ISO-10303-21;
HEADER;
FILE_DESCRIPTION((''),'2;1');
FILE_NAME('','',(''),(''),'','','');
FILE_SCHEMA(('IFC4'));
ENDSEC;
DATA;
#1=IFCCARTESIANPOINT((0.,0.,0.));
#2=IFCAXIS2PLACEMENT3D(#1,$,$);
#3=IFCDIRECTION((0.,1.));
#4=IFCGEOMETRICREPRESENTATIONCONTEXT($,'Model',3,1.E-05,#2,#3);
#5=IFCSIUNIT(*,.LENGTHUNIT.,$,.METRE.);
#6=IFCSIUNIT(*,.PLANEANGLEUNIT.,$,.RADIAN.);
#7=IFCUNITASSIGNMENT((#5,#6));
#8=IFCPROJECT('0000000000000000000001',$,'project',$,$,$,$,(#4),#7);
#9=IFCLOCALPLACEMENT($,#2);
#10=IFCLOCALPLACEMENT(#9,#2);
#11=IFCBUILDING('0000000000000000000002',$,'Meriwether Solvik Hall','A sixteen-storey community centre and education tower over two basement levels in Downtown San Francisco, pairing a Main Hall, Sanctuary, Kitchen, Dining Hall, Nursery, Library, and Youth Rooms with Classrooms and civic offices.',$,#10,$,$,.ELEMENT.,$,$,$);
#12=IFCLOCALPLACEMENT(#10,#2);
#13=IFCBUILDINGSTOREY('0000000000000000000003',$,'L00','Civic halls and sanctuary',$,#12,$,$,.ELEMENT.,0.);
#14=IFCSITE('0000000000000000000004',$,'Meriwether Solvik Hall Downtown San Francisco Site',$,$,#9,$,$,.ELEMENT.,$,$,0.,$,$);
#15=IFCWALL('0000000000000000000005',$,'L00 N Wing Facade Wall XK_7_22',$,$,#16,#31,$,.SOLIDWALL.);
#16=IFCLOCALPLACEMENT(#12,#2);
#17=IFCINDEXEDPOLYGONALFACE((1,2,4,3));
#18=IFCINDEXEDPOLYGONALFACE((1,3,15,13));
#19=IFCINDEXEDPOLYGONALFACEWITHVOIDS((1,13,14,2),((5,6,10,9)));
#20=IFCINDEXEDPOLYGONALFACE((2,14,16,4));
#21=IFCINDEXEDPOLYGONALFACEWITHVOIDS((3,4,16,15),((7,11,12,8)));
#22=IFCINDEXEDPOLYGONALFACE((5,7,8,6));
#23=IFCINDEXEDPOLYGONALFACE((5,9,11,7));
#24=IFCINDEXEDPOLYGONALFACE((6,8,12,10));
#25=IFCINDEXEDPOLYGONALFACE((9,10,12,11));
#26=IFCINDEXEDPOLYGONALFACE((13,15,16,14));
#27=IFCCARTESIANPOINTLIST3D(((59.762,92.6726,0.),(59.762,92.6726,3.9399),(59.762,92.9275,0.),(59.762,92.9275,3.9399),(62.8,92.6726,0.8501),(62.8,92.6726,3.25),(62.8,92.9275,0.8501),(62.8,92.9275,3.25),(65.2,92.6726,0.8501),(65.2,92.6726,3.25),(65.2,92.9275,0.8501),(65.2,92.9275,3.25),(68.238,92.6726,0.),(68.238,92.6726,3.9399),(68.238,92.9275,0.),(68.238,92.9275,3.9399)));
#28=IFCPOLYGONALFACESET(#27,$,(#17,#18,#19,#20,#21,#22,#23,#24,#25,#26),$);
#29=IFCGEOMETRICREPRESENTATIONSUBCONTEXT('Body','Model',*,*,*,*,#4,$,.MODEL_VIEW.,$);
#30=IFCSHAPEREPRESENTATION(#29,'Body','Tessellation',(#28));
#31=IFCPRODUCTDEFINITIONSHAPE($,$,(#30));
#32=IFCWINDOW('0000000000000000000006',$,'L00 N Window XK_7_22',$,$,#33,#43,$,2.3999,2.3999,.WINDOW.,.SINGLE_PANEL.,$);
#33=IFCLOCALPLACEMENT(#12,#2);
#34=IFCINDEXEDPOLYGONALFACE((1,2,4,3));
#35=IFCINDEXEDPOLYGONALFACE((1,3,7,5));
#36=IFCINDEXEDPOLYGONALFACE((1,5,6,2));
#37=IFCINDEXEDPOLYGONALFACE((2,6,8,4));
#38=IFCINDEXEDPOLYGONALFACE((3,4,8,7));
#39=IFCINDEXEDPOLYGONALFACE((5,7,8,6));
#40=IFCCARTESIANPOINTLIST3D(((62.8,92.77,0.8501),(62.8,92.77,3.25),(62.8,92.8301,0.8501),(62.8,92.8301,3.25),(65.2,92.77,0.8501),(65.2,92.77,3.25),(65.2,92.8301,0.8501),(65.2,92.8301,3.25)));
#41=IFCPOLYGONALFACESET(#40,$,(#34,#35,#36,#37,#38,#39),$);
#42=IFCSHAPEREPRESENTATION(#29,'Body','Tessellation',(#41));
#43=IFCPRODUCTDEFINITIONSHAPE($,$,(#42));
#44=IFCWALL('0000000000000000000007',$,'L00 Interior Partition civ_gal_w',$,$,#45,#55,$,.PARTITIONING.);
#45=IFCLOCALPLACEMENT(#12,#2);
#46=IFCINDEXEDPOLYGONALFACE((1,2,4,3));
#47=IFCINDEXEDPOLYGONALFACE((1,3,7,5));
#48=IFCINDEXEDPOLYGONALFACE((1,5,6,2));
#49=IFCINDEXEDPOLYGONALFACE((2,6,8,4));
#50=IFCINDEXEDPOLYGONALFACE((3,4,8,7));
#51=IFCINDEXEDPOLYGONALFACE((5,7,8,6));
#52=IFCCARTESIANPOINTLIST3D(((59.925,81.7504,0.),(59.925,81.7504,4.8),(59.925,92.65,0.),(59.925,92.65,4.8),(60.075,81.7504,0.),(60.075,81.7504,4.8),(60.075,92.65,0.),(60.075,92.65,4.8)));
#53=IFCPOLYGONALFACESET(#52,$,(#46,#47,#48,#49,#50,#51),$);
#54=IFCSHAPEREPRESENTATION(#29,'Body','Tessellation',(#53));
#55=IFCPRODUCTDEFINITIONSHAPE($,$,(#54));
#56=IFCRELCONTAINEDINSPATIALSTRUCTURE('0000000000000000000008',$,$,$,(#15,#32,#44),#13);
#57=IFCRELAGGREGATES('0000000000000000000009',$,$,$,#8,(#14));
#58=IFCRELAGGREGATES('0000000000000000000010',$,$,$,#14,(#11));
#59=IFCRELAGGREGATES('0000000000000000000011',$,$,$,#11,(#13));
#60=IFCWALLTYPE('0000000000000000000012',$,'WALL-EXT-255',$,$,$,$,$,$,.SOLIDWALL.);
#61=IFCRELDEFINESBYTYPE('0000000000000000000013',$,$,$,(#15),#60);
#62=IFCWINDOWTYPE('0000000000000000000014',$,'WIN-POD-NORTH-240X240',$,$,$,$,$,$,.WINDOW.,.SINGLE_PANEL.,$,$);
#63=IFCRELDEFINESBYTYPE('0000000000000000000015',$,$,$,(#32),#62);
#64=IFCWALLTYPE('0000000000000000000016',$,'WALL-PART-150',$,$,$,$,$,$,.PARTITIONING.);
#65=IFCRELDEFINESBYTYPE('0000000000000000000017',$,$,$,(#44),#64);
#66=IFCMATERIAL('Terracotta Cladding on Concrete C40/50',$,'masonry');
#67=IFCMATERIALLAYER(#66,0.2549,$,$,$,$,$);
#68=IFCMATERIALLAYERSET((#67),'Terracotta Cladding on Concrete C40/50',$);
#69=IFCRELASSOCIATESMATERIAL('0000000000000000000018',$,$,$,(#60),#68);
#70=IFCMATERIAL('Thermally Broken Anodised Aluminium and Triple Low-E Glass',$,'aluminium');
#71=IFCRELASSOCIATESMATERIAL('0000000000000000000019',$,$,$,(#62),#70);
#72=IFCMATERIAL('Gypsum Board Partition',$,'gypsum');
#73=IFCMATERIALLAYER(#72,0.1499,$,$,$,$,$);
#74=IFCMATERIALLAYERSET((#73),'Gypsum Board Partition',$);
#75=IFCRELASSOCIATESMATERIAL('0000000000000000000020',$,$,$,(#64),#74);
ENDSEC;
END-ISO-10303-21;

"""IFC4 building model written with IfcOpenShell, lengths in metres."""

from ifc_helpers import new_model, si_unit, direction, frame, frame_2d, origin, place, context, subcontext, project, spatial, rectangle, extrude, material, layer, layer_set, type_object, element, fill, save


model = new_model("IFC4")

# Units and contexts
model_context = context("Model", 3, precision=1e-05, world=origin(), true_north=direction((0.0, 1.0)))
body_context = subcontext(model_context, "Body", "Model", "MODEL_VIEW")
ifc_project = project(units=[si_unit("LENGTHUNIT", "METRE"), si_unit("PLANEANGLEUNIT", "RADIAN")], contexts=[model_context])

# Site, building, storey
site_placement = place(None, origin())
site = spatial("IfcSite", under=ifc_project, at=site_placement, Name="Meriwether Solvik Hall Downtown San Francisco Site", CompositionType="ELEMENT", RefElevation=0.0)
building_placement = place(site_placement, origin())
building = spatial("IfcBuilding", under=site, at=building_placement, Name="Meriwether Solvik Hall", Description="A sixteen-storey community centre and education tower over two basement levels in Downtown San Francisco, pairing a Main Hall, Sanctuary, Kitchen, Dining Hall, Nursery, Library, and Youth Rooms with Classrooms and civic offices.", CompositionType="ELEMENT")
storey_placement = place(building_placement, origin())
storey = spatial("IfcBuildingStorey", under=building, at=storey_placement, Name="L00", Description="Civic halls and sanctuary", CompositionType="ELEMENT", Elevation=0.0)

# Wall, opening, window
ifc_material_1 = material(Name="Terracotta Cladding on Concrete C40/50", Category="masonry")
ifc_layer_1 = layer(ifc_material_1, 0.2549)
ifc_layer_set_1 = layer_set([ifc_layer_1], Name="Terracotta Cladding on Concrete C40/50")
wall_type_1 = type_object("IfcWallType", Name="WALL-EXT-255", PredefinedType="SOLIDWALL", material=ifc_layer_set_1)
wall_1_placement = place(storey_placement, frame((59.762, 92.8, 0.0), z_axis=(0.0, 0.0, 1.0), x_axis=(1.0, 0.0, 0.0)))
wall_1 = element("IfcWall", 1, at=wall_1_placement, inside=storey, type_object=wall_type_1, Name="L00 N Wing Facade Wall XK_7_22", PredefinedType="SOLIDWALL", context=body_context, shape_type="SweptSolid", body=[
    extrude(rectangle(XDim=8.4761, YDim=0.2549, at=frame_2d((4.238, 0.0))), origin(), (0.0, 0.0, 1.0), 3.9399),
])
opening_placement = place(wall_1_placement, frame((3.0381, 0.0, 0.8501)))
opening = element("IfcOpeningElement", 2, at=opening_placement, cuts=wall_1, PredefinedType="OPENING", context=body_context, shape_type="SweptSolid", body=[
    extrude(rectangle(XDim=2.3999, YDim=2.3999, at=frame_2d((1.2, 1.2))), frame((0.0, 0.1394, 0.0), z_axis=(0.0, -1.0, 0.0), x_axis=(1.0, 0.0, 0.0)), (0.0, 0.0, 1.0), 0.2788),
])
ifc_material_2 = material(Name="Thermally Broken Anodised Aluminium and Triple Low-E Glass", Category="aluminium")
window_type = type_object("IfcWindowType", Name="WIN-POD-NORTH-240X240", PartitioningType="SINGLE_PANEL", PredefinedType="WINDOW", material=ifc_material_2)
window_placement = place(opening_placement, origin())
window = element("IfcWindow", 3, at=window_placement, inside=storey, type_object=window_type, Name="L00 N Window XK_7_22", OverallHeight=2.3999, OverallWidth=2.3999, PartitioningType="SINGLE_PANEL", PredefinedType="WINDOW", context=body_context, shape_type="SweptSolid", body=[
    extrude(rectangle(XDim=2.3999, YDim=2.3999, at=frame_2d((1.2, 1.2))), frame((0.0, 0.03, 0.0), z_axis=(0.0, -1.0, 0.0), x_axis=(1.0, 0.0, 0.0)), (0.0, 0.0, 1.0), 0.0601),
])
fill(opening, window)

# Wall
ifc_material_3 = material(Name="Gypsum Board Partition", Category="gypsum")
ifc_layer_2 = layer(ifc_material_3, 0.1499)
ifc_layer_set_2 = layer_set([ifc_layer_2], Name="Gypsum Board Partition")
wall_type_2 = type_object("IfcWallType", Name="WALL-PART-150", PredefinedType="PARTITIONING", material=ifc_layer_set_2)
wall_2_placement = place(storey_placement, frame((60.0, 92.6499, 0.0), z_axis=(0.0, 0.0, 1.0), x_axis=(0.0, -1.0, 0.0)))
element("IfcWall", 4, at=wall_2_placement, inside=storey, type_object=wall_type_2, Name="L00 Interior Partition civ_gal_w", PredefinedType="PARTITIONING", context=body_context, shape_type="SweptSolid", body=[
    extrude(rectangle(XDim=10.8997, YDim=0.1499, at=frame_2d((5.4497, 0.0))), origin(), (0.0, 0.0, 1.0), 4.8),
])

save(model, "model.ifc")
